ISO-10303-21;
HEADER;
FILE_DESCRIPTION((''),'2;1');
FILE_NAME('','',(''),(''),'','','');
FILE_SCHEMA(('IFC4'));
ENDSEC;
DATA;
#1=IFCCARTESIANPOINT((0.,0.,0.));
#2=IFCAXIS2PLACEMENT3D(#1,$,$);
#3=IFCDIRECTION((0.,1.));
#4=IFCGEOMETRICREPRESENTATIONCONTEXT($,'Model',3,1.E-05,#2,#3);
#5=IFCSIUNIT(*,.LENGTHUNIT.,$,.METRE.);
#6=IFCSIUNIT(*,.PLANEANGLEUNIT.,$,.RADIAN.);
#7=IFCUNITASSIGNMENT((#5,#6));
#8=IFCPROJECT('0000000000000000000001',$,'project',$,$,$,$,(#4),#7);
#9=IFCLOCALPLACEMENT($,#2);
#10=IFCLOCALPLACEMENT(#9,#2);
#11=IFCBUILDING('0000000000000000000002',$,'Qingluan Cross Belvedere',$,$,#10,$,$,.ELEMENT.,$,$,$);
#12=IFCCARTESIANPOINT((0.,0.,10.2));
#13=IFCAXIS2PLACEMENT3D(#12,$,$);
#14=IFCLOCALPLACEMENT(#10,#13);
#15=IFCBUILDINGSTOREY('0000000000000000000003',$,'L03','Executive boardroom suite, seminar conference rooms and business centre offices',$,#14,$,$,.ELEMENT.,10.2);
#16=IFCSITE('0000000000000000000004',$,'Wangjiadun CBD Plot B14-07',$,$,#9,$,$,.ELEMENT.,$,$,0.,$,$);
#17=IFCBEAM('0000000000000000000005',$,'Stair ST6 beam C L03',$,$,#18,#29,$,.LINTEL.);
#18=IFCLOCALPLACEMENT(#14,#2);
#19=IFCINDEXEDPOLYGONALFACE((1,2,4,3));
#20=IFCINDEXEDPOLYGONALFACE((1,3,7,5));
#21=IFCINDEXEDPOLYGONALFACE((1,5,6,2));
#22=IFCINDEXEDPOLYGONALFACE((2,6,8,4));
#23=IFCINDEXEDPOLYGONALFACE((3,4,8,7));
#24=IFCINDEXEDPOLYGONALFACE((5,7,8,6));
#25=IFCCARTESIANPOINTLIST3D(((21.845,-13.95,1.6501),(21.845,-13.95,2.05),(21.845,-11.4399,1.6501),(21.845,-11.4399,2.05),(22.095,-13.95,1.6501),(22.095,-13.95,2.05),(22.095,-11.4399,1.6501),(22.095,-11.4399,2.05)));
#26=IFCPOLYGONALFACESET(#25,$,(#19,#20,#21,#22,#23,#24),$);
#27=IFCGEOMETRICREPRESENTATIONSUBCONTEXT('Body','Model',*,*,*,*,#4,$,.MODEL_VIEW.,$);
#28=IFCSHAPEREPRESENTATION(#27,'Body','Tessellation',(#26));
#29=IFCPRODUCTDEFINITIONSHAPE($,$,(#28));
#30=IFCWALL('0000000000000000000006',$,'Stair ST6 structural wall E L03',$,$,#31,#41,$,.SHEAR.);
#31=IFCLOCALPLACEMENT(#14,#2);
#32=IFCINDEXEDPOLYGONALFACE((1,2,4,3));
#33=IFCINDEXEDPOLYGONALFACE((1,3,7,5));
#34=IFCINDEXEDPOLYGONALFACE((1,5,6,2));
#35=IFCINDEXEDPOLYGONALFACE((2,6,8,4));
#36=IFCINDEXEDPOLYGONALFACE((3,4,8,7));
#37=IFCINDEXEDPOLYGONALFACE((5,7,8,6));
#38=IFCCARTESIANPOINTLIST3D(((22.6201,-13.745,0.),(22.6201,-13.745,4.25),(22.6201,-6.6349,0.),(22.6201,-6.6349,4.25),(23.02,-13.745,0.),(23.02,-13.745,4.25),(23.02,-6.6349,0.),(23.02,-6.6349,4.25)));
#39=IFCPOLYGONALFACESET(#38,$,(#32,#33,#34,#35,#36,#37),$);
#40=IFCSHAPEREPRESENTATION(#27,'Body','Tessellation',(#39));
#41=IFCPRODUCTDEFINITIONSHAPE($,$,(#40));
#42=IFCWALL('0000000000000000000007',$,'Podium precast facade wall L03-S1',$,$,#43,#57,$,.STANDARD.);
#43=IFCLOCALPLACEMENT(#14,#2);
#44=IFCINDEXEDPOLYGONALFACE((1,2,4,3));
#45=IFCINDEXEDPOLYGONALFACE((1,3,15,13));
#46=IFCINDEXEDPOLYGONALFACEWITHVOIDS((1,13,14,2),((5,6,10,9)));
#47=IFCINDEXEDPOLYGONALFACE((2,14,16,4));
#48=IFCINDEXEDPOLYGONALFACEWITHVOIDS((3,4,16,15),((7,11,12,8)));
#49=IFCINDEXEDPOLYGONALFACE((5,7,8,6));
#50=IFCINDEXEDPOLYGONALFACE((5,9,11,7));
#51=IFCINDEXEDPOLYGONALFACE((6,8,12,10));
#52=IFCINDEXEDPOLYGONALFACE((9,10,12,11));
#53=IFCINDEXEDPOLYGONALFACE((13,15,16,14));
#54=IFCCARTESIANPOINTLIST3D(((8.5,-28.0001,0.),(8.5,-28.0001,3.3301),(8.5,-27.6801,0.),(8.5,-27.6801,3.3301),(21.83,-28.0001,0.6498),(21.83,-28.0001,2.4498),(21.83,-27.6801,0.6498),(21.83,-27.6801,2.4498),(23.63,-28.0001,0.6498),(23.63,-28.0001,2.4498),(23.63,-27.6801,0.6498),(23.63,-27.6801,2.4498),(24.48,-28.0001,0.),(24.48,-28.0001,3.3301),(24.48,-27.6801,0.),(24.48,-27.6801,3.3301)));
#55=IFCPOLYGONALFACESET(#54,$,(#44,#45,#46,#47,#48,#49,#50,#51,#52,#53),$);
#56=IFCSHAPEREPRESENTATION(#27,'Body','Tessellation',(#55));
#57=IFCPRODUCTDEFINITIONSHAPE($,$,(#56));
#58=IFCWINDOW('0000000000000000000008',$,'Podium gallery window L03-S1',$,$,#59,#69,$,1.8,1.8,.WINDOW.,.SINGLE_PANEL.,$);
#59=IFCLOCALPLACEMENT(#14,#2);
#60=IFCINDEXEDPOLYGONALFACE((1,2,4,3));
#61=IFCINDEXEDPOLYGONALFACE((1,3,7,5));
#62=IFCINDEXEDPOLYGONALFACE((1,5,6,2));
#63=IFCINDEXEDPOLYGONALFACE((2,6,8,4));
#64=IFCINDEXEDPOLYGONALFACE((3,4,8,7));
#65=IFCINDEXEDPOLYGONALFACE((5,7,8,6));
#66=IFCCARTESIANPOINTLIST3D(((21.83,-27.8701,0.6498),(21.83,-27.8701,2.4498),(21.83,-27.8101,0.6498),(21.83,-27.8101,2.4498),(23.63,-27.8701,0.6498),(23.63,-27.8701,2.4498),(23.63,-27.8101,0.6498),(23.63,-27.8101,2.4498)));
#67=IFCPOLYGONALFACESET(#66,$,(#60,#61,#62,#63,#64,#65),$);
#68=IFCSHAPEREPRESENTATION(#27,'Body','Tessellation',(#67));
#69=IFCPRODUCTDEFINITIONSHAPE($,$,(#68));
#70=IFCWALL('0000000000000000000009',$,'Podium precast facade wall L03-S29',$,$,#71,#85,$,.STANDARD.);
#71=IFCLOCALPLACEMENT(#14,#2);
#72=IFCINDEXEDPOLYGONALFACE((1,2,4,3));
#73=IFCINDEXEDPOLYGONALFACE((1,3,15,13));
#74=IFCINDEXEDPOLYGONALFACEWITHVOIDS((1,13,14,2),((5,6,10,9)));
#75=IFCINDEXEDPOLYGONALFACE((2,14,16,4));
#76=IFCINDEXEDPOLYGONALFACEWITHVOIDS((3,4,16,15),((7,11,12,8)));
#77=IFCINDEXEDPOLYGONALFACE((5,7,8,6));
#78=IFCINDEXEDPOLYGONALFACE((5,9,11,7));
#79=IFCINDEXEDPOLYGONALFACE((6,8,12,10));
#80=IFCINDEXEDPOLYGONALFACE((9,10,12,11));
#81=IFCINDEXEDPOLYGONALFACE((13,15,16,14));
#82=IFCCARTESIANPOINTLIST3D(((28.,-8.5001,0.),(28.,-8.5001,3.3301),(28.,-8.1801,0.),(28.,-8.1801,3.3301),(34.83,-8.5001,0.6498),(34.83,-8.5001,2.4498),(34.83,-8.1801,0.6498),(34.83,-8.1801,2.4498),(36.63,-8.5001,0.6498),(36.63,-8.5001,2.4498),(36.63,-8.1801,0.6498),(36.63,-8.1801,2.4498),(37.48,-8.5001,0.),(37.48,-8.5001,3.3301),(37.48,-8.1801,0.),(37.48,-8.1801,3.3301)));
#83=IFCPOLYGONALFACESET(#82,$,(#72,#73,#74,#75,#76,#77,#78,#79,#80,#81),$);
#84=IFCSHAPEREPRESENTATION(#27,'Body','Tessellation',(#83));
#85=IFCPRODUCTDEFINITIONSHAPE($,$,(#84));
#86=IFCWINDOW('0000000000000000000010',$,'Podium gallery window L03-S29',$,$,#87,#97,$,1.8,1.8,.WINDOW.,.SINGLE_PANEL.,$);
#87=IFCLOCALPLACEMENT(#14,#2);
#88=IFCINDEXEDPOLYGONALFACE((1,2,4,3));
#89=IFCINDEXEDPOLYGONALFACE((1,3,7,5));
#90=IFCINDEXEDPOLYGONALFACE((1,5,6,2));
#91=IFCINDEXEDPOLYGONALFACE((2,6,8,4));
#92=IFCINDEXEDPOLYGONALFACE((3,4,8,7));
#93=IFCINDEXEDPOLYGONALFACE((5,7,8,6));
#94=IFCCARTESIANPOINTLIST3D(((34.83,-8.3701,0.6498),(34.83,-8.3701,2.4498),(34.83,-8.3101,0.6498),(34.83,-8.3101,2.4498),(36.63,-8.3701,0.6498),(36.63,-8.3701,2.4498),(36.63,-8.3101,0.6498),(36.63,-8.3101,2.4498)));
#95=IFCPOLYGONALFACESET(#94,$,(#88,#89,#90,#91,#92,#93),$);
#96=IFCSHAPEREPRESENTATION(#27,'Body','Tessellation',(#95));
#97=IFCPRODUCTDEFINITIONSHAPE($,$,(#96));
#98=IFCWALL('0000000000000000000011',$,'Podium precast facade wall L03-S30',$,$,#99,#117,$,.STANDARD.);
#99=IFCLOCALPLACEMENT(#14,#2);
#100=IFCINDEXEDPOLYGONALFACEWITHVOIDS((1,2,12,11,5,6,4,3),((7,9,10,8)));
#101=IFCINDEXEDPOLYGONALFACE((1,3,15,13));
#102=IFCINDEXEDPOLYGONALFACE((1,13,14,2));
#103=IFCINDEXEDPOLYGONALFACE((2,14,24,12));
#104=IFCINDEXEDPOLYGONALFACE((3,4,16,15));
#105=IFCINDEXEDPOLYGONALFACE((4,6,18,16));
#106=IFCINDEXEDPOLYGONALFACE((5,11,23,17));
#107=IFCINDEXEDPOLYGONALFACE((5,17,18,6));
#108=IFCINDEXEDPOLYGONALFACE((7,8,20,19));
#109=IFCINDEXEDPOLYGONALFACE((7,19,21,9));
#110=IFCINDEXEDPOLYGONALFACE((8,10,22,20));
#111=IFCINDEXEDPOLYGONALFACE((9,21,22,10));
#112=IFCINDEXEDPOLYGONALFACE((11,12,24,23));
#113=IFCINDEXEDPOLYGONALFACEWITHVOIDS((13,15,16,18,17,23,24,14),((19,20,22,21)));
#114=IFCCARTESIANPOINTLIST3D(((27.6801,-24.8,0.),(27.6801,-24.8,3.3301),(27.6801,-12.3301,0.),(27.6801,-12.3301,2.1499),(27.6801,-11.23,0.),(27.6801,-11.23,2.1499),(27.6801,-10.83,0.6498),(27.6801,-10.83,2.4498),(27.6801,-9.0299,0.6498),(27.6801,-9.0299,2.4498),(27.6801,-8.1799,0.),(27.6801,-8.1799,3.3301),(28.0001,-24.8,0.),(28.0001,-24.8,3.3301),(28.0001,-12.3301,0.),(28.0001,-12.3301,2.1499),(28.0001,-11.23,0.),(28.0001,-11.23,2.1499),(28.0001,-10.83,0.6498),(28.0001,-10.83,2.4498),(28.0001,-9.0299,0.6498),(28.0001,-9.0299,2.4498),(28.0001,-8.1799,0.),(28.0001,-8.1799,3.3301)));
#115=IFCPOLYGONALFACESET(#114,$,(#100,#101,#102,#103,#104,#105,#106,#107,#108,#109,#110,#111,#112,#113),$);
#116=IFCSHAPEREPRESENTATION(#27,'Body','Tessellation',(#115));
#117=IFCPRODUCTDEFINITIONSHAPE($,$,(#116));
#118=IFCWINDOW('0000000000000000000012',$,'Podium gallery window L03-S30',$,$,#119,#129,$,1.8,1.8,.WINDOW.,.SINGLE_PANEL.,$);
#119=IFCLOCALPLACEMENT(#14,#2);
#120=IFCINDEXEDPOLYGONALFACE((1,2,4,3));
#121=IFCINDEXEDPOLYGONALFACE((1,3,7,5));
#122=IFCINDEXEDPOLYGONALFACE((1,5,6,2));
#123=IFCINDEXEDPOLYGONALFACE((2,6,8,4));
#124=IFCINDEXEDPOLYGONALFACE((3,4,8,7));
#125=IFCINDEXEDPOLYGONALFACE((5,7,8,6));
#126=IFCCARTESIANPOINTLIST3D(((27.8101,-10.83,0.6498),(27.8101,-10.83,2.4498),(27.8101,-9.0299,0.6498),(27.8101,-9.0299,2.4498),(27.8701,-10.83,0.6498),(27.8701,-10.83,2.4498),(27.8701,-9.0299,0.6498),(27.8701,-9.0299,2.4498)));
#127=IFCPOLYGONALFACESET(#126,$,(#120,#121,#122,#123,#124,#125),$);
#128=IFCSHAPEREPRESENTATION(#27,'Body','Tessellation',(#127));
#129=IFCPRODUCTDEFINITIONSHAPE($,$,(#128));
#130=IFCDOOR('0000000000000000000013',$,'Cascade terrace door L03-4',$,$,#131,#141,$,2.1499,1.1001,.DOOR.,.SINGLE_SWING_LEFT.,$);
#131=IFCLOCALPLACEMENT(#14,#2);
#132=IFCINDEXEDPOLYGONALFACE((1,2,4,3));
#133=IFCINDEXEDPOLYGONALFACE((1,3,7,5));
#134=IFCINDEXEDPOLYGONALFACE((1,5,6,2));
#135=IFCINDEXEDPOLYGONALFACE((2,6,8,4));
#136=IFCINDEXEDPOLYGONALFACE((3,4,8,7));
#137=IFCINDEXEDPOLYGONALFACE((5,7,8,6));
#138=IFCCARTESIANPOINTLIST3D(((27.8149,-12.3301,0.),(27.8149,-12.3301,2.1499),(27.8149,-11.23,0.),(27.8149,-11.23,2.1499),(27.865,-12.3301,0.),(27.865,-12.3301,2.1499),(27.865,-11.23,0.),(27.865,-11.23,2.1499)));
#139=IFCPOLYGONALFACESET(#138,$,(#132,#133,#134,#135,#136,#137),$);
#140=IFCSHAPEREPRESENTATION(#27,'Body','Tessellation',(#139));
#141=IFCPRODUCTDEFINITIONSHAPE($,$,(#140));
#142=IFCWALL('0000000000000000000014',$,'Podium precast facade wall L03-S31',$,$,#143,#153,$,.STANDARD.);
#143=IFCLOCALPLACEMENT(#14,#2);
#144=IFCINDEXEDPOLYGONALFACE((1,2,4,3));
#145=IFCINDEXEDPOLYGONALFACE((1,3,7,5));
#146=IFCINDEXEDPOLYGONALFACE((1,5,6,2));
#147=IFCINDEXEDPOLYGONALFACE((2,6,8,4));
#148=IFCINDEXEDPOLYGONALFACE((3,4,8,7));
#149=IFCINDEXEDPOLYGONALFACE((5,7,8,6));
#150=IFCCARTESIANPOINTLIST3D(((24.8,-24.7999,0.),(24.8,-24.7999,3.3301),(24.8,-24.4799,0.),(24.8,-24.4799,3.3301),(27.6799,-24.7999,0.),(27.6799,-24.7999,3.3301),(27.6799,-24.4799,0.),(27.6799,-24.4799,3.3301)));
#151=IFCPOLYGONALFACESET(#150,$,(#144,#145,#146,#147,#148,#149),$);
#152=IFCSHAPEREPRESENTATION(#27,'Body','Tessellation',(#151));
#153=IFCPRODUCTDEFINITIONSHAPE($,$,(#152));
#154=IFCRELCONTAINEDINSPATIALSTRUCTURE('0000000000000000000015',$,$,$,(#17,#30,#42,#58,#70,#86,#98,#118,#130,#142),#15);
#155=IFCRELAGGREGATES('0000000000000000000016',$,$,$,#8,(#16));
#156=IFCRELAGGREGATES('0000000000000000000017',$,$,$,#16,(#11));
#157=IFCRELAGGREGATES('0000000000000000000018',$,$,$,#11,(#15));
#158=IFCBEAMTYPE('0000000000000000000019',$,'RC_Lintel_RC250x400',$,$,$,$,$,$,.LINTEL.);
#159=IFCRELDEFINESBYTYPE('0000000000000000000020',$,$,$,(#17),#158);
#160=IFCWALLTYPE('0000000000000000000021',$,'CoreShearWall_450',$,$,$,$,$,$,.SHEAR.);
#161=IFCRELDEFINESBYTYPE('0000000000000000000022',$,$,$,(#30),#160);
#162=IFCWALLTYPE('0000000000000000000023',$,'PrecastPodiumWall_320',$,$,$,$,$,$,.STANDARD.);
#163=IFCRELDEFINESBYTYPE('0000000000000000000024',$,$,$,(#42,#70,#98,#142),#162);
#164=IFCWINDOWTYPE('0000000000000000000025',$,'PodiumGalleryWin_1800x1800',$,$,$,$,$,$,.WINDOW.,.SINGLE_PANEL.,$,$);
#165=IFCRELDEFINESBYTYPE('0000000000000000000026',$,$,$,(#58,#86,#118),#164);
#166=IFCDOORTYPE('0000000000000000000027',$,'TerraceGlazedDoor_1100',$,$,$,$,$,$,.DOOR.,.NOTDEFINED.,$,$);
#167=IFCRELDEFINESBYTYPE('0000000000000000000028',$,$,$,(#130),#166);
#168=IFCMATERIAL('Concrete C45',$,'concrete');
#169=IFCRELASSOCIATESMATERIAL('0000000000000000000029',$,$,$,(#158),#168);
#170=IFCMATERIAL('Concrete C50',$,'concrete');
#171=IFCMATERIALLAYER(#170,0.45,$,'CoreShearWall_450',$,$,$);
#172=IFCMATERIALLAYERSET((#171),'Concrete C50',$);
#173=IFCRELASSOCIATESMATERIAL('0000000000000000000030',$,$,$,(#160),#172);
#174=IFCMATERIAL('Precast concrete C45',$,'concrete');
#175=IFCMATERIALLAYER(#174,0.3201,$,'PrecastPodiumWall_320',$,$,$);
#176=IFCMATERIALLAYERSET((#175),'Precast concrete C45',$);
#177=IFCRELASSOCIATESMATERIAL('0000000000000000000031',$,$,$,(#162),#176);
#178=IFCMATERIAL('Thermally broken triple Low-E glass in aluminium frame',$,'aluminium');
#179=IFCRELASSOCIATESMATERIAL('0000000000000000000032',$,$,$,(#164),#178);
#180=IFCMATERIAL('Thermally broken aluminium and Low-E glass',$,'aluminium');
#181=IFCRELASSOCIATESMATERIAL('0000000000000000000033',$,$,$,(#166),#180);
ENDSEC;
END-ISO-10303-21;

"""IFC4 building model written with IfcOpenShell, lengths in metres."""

from ifc_helpers import new_model, si_unit, direction, frame, frame_2d, origin, origin_2d, place, context, subcontext, project, spatial, rectangle, extrude, material, layer, layer_set, material_profile, profile_set, type_object, element, fill, save


model = new_model("IFC4")

# Units and contexts
model_context = context("Model", 3, precision=1e-05, world=origin(), true_north=direction((0.0, 1.0)))
body_context = subcontext(model_context, "Body", "Model", "MODEL_VIEW")
ifc_project = project(units=[si_unit("LENGTHUNIT", "METRE"), si_unit("PLANEANGLEUNIT", "RADIAN")], contexts=[model_context])

# Site, building, storey
site_placement = place(None, origin())
site = spatial("IfcSite", under=ifc_project, at=site_placement, Name="Wangjiadun CBD Plot B14-07", CompositionType="ELEMENT", RefElevation=0.0)
building_placement = place(site_placement, origin())
building = spatial("IfcBuilding", under=site, at=building_placement, Name="Qingluan Cross Belvedere", CompositionType="ELEMENT")
storey_placement = place(building_placement, frame((0.0, 0.0, 10.2)))
storey = spatial("IfcBuildingStorey", under=building, at=storey_placement, Name="L03", Description="Executive boardroom suite, seminar conference rooms and business centre offices", CompositionType="ELEMENT", Elevation=10.2)

# Beam
ifc_material_1 = material(Name="Concrete C45", Category="concrete")
ifc_material_profile = material_profile(ifc_material_1, rectangle(XDim=0.25, YDim=0.3999, at=origin_2d()), Name="RC250x400")
ifc_profile_set = profile_set([ifc_material_profile], Name="Concrete C45")
beam_type = type_object("IfcBeamType", Name="RC_Lintel_RC250x400", PredefinedType="LINTEL", material=ifc_profile_set)
beam_placement = place(storey_placement, frame((21.97, -13.95, 1.8501), z_axis=(0.0, 1.0, 0.0), x_axis=(-1.0, 0.0, 0.0)))
element("IfcBeam", 1, at=beam_placement, inside=storey, type_object=beam_type, Name="Stair ST6 beam C L03", PredefinedType="LINTEL", context=body_context, shape_type="SweptSolid", body=[
    extrude(rectangle(XDim=0.25, YDim=0.3999, at=origin_2d()), origin(), (0.0, 0.0, 1.0), 2.51),
])

# Wall
ifc_material_2 = material(Name="Concrete C50", Category="concrete")
ifc_layer_1 = layer(ifc_material_2, 0.45, Name="CoreShearWall_450")
ifc_layer_set_1 = layer_set([ifc_layer_1], Name="Concrete C50")
wall_type_1 = type_object("IfcWallType", Name="CoreShearWall_450", PredefinedType="SHEAR", material=ifc_layer_set_1)
wall_1_placement = place(storey_placement, frame((22.8201, -13.7451, 0.0), z_axis=(0.0, 0.0, 1.0), x_axis=(0.0, 1.0, 0.0)))
element("IfcWall", 2, at=wall_1_placement, inside=storey, type_object=wall_type_1, Name="Stair ST6 structural wall E L03", PredefinedType="SHEAR", context=body_context, shape_type="SweptSolid", body=[
    extrude(rectangle(XDim=7.1101, YDim=0.3999, at=frame_2d((3.5552, 0.0))), origin(), (0.0, 0.0, 1.0), 4.25),
])

# Walls, openings, windows
ifc_material_3 = material(Name="Precast concrete C45", Category="concrete")
ifc_layer_2 = layer(ifc_material_3, 0.3201, Name="PrecastPodiumWall_320")
ifc_layer_set_2 = layer_set([ifc_layer_2], Name="Precast concrete C45")
wall_type_2 = type_object("IfcWallType", Name="PrecastPodiumWall_320", PredefinedType="STANDARD", material=ifc_layer_set_2)
wall_2_placement = place(storey_placement, frame((24.48, -27.8401, 0.0), z_axis=(0.0, 0.0, 1.0), x_axis=(-1.0, 0.0, 0.0)))
wall_2 = element("IfcWall", 3, at=wall_2_placement, inside=storey, type_object=wall_type_2, Name="Podium precast facade wall L03-S1", PredefinedType="STANDARD", context=body_context, shape_type="SweptSolid", body=[
    extrude(rectangle(XDim=15.98, YDim=0.3201, at=frame_2d((7.99, 0.0))), origin(), (0.0, 0.0, 1.0), 3.3301),
])
opening_1_placement = place(wall_2_placement, frame((0.8501, 0.0, 0.6499)))
opening_1 = element("IfcOpeningElement", 4, at=opening_1_placement, cuts=wall_2, PredefinedType="OPENING", context=body_context, shape_type="SweptSolid", body=[
    extrude(rectangle(XDim=1.8, YDim=1.8, at=frame_2d((0.8999, 0.8999))), frame((0.0, 0.1699, 0.0), z_axis=(0.0, -1.0, 0.0), x_axis=(1.0, 0.0, 0.0)), (0.0, 0.0, 1.0), 0.3401),
])
ifc_material_4 = material(Name="Thermally broken triple Low-E glass in aluminium frame", Category="aluminium")
window_type = type_object("IfcWindowType", Name="PodiumGalleryWin_1800x1800", PartitioningType="SINGLE_PANEL", PredefinedType="WINDOW", material=ifc_material_4)
window_1_placement = place(opening_1_placement, origin())
window_1 = element("IfcWindow", 5, at=window_1_placement, inside=storey, type_object=window_type, Name="Podium gallery window L03-S1", OverallHeight=1.8, OverallWidth=1.8, PartitioningType="SINGLE_PANEL", PredefinedType="WINDOW", context=body_context, shape_type="SweptSolid", body=[
    extrude(rectangle(XDim=1.8, YDim=1.8, at=frame_2d((0.8999, 0.8999))), frame((0.0, 0.03, 0.0), z_axis=(0.0, -1.0, 0.0), x_axis=(1.0, 0.0, 0.0)), (0.0, 0.0, 1.0), 0.0601),
])
fill(opening_1, window_1)
wall_3_placement = place(storey_placement, frame((37.48, -8.3401, 0.0), z_axis=(0.0, 0.0, 1.0), x_axis=(-1.0, 0.0, 0.0)))
wall_3 = element("IfcWall", 6, at=wall_3_placement, inside=storey, type_object=wall_type_2, Name="Podium precast facade wall L03-S29", PredefinedType="STANDARD", context=body_context, shape_type="SweptSolid", body=[
    extrude(rectangle(XDim=9.48, YDim=0.3201, at=frame_2d((4.74, 0.0))), origin(), (0.0, 0.0, 1.0), 3.3301),
])
opening_2_placement = place(wall_3_placement, frame((0.8501, 0.0, 0.6499)))
opening_2 = element("IfcOpeningElement", 7, at=opening_2_placement, cuts=wall_3, PredefinedType="OPENING", context=body_context, shape_type="SweptSolid", body=[
    extrude(rectangle(XDim=1.8, YDim=1.8, at=frame_2d((0.8999, 0.8999))), frame((0.0, 0.1699, 0.0), z_axis=(0.0, -1.0, 0.0), x_axis=(1.0, 0.0, 0.0)), (0.0, 0.0, 1.0), 0.3401),
])
window_2_placement = place(opening_2_placement, origin())
window_2 = element("IfcWindow", 8, at=window_2_placement, inside=storey, type_object=window_type, Name="Podium gallery window L03-S29", OverallHeight=1.8, OverallWidth=1.8, PartitioningType="SINGLE_PANEL", PredefinedType="WINDOW", context=body_context, shape_type="SweptSolid", body=[
    extrude(rectangle(XDim=1.8, YDim=1.8, at=frame_2d((0.8999, 0.8999))), frame((0.0, 0.03, 0.0), z_axis=(0.0, -1.0, 0.0), x_axis=(1.0, 0.0, 0.0)), (0.0, 0.0, 1.0), 0.0601),
])
fill(opening_2, window_2)

# Wall, openings, window, door
wall_4_placement = place(storey_placement, frame((27.8401, -8.1799, 0.0), z_axis=(0.0, 0.0, 1.0), x_axis=(0.0, -1.0, 0.0)))
wall_4 = element("IfcWall", 9, at=wall_4_placement, inside=storey, type_object=wall_type_2, Name="Podium precast facade wall L03-S30", PredefinedType="STANDARD", context=body_context, shape_type="SweptSolid", body=[
    extrude(rectangle(XDim=16.6201, YDim=0.3201, at=frame_2d((8.3101, 0.0))), origin(), (0.0, 0.0, 1.0), 3.3301),
])
opening_3_placement = place(wall_4_placement, frame((0.8501, 0.0, 0.6499)))
opening_3 = element("IfcOpeningElement", 10, at=opening_3_placement, cuts=wall_4, PredefinedType="OPENING", context=body_context, shape_type="SweptSolid", body=[
    extrude(rectangle(XDim=1.8, YDim=1.8, at=frame_2d((0.8999, 0.8999))), frame((0.0, 0.1699, 0.0), z_axis=(0.0, -1.0, 0.0), x_axis=(1.0, 0.0, 0.0)), (0.0, 0.0, 1.0), 0.3401),
])
opening_4_placement = place(wall_4_placement, frame((3.05, 0.0, 0.0)))
opening_4 = element("IfcOpeningElement", 11, at=opening_4_placement, cuts=wall_4, PredefinedType="OPENING", context=body_context, shape_type="SweptSolid", body=[
    extrude(rectangle(XDim=1.1001, YDim=2.1499, at=frame_2d((0.55, 1.075))), frame((0.0, 0.1699, 0.0), z_axis=(0.0, -1.0, 0.0), x_axis=(1.0, 0.0, 0.0)), (0.0, 0.0, 1.0), 0.3401),
])
window_3_placement = place(opening_3_placement, origin())
window_3 = element("IfcWindow", 12, at=window_3_placement, inside=storey, type_object=window_type, Name="Podium gallery window L03-S30", OverallHeight=1.8, OverallWidth=1.8, PartitioningType="SINGLE_PANEL", PredefinedType="WINDOW", context=body_context, shape_type="SweptSolid", body=[
    extrude(rectangle(XDim=1.8, YDim=1.8, at=frame_2d((0.8999, 0.8999))), frame((0.0, 0.03, 0.0), z_axis=(0.0, -1.0, 0.0), x_axis=(1.0, 0.0, 0.0)), (0.0, 0.0, 1.0), 0.0601),
])
fill(opening_3, window_3)
ifc_material_5 = material(Name="Thermally broken aluminium and Low-E glass", Category="aluminium")
door_type = type_object("IfcDoorType", Name="TerraceGlazedDoor_1100", OperationType="NOTDEFINED", PredefinedType="DOOR", material=ifc_material_5)
door_placement = place(opening_4_placement, origin())
door = element("IfcDoor", 13, at=door_placement, inside=storey, type_object=door_type, Name="Cascade terrace door L03-4", OperationType="SINGLE_SWING_LEFT", OverallHeight=2.1499, OverallWidth=1.1001, PredefinedType="DOOR", context=body_context, shape_type="SweptSolid", body=[
    extrude(rectangle(XDim=1.1001, YDim=2.1499, at=frame_2d((0.55, 1.075))), frame((0.0, 0.0249, 0.0), z_axis=(0.0, -1.0, 0.0), x_axis=(1.0, 0.0, 0.0)), (0.0, 0.0, 1.0), 0.05),
])
fill(opening_4, door)

# Wall
wall_5_placement = place(storey_placement, frame((27.6799, -24.6399, 0.0), z_axis=(0.0, 0.0, 1.0), x_axis=(-1.0, 0.0, 0.0)))
element("IfcWall", 14, at=wall_5_placement, inside=storey, type_object=wall_type_2, Name="Podium precast facade wall L03-S31", PredefinedType="STANDARD", context=body_context, shape_type="SweptSolid", body=[
    extrude(rectangle(XDim=2.8799, YDim=0.3201, at=frame_2d((1.4399, 0.0))), origin(), (0.0, 0.0, 1.0), 3.3301),
])

save(model, "model.ifc")
